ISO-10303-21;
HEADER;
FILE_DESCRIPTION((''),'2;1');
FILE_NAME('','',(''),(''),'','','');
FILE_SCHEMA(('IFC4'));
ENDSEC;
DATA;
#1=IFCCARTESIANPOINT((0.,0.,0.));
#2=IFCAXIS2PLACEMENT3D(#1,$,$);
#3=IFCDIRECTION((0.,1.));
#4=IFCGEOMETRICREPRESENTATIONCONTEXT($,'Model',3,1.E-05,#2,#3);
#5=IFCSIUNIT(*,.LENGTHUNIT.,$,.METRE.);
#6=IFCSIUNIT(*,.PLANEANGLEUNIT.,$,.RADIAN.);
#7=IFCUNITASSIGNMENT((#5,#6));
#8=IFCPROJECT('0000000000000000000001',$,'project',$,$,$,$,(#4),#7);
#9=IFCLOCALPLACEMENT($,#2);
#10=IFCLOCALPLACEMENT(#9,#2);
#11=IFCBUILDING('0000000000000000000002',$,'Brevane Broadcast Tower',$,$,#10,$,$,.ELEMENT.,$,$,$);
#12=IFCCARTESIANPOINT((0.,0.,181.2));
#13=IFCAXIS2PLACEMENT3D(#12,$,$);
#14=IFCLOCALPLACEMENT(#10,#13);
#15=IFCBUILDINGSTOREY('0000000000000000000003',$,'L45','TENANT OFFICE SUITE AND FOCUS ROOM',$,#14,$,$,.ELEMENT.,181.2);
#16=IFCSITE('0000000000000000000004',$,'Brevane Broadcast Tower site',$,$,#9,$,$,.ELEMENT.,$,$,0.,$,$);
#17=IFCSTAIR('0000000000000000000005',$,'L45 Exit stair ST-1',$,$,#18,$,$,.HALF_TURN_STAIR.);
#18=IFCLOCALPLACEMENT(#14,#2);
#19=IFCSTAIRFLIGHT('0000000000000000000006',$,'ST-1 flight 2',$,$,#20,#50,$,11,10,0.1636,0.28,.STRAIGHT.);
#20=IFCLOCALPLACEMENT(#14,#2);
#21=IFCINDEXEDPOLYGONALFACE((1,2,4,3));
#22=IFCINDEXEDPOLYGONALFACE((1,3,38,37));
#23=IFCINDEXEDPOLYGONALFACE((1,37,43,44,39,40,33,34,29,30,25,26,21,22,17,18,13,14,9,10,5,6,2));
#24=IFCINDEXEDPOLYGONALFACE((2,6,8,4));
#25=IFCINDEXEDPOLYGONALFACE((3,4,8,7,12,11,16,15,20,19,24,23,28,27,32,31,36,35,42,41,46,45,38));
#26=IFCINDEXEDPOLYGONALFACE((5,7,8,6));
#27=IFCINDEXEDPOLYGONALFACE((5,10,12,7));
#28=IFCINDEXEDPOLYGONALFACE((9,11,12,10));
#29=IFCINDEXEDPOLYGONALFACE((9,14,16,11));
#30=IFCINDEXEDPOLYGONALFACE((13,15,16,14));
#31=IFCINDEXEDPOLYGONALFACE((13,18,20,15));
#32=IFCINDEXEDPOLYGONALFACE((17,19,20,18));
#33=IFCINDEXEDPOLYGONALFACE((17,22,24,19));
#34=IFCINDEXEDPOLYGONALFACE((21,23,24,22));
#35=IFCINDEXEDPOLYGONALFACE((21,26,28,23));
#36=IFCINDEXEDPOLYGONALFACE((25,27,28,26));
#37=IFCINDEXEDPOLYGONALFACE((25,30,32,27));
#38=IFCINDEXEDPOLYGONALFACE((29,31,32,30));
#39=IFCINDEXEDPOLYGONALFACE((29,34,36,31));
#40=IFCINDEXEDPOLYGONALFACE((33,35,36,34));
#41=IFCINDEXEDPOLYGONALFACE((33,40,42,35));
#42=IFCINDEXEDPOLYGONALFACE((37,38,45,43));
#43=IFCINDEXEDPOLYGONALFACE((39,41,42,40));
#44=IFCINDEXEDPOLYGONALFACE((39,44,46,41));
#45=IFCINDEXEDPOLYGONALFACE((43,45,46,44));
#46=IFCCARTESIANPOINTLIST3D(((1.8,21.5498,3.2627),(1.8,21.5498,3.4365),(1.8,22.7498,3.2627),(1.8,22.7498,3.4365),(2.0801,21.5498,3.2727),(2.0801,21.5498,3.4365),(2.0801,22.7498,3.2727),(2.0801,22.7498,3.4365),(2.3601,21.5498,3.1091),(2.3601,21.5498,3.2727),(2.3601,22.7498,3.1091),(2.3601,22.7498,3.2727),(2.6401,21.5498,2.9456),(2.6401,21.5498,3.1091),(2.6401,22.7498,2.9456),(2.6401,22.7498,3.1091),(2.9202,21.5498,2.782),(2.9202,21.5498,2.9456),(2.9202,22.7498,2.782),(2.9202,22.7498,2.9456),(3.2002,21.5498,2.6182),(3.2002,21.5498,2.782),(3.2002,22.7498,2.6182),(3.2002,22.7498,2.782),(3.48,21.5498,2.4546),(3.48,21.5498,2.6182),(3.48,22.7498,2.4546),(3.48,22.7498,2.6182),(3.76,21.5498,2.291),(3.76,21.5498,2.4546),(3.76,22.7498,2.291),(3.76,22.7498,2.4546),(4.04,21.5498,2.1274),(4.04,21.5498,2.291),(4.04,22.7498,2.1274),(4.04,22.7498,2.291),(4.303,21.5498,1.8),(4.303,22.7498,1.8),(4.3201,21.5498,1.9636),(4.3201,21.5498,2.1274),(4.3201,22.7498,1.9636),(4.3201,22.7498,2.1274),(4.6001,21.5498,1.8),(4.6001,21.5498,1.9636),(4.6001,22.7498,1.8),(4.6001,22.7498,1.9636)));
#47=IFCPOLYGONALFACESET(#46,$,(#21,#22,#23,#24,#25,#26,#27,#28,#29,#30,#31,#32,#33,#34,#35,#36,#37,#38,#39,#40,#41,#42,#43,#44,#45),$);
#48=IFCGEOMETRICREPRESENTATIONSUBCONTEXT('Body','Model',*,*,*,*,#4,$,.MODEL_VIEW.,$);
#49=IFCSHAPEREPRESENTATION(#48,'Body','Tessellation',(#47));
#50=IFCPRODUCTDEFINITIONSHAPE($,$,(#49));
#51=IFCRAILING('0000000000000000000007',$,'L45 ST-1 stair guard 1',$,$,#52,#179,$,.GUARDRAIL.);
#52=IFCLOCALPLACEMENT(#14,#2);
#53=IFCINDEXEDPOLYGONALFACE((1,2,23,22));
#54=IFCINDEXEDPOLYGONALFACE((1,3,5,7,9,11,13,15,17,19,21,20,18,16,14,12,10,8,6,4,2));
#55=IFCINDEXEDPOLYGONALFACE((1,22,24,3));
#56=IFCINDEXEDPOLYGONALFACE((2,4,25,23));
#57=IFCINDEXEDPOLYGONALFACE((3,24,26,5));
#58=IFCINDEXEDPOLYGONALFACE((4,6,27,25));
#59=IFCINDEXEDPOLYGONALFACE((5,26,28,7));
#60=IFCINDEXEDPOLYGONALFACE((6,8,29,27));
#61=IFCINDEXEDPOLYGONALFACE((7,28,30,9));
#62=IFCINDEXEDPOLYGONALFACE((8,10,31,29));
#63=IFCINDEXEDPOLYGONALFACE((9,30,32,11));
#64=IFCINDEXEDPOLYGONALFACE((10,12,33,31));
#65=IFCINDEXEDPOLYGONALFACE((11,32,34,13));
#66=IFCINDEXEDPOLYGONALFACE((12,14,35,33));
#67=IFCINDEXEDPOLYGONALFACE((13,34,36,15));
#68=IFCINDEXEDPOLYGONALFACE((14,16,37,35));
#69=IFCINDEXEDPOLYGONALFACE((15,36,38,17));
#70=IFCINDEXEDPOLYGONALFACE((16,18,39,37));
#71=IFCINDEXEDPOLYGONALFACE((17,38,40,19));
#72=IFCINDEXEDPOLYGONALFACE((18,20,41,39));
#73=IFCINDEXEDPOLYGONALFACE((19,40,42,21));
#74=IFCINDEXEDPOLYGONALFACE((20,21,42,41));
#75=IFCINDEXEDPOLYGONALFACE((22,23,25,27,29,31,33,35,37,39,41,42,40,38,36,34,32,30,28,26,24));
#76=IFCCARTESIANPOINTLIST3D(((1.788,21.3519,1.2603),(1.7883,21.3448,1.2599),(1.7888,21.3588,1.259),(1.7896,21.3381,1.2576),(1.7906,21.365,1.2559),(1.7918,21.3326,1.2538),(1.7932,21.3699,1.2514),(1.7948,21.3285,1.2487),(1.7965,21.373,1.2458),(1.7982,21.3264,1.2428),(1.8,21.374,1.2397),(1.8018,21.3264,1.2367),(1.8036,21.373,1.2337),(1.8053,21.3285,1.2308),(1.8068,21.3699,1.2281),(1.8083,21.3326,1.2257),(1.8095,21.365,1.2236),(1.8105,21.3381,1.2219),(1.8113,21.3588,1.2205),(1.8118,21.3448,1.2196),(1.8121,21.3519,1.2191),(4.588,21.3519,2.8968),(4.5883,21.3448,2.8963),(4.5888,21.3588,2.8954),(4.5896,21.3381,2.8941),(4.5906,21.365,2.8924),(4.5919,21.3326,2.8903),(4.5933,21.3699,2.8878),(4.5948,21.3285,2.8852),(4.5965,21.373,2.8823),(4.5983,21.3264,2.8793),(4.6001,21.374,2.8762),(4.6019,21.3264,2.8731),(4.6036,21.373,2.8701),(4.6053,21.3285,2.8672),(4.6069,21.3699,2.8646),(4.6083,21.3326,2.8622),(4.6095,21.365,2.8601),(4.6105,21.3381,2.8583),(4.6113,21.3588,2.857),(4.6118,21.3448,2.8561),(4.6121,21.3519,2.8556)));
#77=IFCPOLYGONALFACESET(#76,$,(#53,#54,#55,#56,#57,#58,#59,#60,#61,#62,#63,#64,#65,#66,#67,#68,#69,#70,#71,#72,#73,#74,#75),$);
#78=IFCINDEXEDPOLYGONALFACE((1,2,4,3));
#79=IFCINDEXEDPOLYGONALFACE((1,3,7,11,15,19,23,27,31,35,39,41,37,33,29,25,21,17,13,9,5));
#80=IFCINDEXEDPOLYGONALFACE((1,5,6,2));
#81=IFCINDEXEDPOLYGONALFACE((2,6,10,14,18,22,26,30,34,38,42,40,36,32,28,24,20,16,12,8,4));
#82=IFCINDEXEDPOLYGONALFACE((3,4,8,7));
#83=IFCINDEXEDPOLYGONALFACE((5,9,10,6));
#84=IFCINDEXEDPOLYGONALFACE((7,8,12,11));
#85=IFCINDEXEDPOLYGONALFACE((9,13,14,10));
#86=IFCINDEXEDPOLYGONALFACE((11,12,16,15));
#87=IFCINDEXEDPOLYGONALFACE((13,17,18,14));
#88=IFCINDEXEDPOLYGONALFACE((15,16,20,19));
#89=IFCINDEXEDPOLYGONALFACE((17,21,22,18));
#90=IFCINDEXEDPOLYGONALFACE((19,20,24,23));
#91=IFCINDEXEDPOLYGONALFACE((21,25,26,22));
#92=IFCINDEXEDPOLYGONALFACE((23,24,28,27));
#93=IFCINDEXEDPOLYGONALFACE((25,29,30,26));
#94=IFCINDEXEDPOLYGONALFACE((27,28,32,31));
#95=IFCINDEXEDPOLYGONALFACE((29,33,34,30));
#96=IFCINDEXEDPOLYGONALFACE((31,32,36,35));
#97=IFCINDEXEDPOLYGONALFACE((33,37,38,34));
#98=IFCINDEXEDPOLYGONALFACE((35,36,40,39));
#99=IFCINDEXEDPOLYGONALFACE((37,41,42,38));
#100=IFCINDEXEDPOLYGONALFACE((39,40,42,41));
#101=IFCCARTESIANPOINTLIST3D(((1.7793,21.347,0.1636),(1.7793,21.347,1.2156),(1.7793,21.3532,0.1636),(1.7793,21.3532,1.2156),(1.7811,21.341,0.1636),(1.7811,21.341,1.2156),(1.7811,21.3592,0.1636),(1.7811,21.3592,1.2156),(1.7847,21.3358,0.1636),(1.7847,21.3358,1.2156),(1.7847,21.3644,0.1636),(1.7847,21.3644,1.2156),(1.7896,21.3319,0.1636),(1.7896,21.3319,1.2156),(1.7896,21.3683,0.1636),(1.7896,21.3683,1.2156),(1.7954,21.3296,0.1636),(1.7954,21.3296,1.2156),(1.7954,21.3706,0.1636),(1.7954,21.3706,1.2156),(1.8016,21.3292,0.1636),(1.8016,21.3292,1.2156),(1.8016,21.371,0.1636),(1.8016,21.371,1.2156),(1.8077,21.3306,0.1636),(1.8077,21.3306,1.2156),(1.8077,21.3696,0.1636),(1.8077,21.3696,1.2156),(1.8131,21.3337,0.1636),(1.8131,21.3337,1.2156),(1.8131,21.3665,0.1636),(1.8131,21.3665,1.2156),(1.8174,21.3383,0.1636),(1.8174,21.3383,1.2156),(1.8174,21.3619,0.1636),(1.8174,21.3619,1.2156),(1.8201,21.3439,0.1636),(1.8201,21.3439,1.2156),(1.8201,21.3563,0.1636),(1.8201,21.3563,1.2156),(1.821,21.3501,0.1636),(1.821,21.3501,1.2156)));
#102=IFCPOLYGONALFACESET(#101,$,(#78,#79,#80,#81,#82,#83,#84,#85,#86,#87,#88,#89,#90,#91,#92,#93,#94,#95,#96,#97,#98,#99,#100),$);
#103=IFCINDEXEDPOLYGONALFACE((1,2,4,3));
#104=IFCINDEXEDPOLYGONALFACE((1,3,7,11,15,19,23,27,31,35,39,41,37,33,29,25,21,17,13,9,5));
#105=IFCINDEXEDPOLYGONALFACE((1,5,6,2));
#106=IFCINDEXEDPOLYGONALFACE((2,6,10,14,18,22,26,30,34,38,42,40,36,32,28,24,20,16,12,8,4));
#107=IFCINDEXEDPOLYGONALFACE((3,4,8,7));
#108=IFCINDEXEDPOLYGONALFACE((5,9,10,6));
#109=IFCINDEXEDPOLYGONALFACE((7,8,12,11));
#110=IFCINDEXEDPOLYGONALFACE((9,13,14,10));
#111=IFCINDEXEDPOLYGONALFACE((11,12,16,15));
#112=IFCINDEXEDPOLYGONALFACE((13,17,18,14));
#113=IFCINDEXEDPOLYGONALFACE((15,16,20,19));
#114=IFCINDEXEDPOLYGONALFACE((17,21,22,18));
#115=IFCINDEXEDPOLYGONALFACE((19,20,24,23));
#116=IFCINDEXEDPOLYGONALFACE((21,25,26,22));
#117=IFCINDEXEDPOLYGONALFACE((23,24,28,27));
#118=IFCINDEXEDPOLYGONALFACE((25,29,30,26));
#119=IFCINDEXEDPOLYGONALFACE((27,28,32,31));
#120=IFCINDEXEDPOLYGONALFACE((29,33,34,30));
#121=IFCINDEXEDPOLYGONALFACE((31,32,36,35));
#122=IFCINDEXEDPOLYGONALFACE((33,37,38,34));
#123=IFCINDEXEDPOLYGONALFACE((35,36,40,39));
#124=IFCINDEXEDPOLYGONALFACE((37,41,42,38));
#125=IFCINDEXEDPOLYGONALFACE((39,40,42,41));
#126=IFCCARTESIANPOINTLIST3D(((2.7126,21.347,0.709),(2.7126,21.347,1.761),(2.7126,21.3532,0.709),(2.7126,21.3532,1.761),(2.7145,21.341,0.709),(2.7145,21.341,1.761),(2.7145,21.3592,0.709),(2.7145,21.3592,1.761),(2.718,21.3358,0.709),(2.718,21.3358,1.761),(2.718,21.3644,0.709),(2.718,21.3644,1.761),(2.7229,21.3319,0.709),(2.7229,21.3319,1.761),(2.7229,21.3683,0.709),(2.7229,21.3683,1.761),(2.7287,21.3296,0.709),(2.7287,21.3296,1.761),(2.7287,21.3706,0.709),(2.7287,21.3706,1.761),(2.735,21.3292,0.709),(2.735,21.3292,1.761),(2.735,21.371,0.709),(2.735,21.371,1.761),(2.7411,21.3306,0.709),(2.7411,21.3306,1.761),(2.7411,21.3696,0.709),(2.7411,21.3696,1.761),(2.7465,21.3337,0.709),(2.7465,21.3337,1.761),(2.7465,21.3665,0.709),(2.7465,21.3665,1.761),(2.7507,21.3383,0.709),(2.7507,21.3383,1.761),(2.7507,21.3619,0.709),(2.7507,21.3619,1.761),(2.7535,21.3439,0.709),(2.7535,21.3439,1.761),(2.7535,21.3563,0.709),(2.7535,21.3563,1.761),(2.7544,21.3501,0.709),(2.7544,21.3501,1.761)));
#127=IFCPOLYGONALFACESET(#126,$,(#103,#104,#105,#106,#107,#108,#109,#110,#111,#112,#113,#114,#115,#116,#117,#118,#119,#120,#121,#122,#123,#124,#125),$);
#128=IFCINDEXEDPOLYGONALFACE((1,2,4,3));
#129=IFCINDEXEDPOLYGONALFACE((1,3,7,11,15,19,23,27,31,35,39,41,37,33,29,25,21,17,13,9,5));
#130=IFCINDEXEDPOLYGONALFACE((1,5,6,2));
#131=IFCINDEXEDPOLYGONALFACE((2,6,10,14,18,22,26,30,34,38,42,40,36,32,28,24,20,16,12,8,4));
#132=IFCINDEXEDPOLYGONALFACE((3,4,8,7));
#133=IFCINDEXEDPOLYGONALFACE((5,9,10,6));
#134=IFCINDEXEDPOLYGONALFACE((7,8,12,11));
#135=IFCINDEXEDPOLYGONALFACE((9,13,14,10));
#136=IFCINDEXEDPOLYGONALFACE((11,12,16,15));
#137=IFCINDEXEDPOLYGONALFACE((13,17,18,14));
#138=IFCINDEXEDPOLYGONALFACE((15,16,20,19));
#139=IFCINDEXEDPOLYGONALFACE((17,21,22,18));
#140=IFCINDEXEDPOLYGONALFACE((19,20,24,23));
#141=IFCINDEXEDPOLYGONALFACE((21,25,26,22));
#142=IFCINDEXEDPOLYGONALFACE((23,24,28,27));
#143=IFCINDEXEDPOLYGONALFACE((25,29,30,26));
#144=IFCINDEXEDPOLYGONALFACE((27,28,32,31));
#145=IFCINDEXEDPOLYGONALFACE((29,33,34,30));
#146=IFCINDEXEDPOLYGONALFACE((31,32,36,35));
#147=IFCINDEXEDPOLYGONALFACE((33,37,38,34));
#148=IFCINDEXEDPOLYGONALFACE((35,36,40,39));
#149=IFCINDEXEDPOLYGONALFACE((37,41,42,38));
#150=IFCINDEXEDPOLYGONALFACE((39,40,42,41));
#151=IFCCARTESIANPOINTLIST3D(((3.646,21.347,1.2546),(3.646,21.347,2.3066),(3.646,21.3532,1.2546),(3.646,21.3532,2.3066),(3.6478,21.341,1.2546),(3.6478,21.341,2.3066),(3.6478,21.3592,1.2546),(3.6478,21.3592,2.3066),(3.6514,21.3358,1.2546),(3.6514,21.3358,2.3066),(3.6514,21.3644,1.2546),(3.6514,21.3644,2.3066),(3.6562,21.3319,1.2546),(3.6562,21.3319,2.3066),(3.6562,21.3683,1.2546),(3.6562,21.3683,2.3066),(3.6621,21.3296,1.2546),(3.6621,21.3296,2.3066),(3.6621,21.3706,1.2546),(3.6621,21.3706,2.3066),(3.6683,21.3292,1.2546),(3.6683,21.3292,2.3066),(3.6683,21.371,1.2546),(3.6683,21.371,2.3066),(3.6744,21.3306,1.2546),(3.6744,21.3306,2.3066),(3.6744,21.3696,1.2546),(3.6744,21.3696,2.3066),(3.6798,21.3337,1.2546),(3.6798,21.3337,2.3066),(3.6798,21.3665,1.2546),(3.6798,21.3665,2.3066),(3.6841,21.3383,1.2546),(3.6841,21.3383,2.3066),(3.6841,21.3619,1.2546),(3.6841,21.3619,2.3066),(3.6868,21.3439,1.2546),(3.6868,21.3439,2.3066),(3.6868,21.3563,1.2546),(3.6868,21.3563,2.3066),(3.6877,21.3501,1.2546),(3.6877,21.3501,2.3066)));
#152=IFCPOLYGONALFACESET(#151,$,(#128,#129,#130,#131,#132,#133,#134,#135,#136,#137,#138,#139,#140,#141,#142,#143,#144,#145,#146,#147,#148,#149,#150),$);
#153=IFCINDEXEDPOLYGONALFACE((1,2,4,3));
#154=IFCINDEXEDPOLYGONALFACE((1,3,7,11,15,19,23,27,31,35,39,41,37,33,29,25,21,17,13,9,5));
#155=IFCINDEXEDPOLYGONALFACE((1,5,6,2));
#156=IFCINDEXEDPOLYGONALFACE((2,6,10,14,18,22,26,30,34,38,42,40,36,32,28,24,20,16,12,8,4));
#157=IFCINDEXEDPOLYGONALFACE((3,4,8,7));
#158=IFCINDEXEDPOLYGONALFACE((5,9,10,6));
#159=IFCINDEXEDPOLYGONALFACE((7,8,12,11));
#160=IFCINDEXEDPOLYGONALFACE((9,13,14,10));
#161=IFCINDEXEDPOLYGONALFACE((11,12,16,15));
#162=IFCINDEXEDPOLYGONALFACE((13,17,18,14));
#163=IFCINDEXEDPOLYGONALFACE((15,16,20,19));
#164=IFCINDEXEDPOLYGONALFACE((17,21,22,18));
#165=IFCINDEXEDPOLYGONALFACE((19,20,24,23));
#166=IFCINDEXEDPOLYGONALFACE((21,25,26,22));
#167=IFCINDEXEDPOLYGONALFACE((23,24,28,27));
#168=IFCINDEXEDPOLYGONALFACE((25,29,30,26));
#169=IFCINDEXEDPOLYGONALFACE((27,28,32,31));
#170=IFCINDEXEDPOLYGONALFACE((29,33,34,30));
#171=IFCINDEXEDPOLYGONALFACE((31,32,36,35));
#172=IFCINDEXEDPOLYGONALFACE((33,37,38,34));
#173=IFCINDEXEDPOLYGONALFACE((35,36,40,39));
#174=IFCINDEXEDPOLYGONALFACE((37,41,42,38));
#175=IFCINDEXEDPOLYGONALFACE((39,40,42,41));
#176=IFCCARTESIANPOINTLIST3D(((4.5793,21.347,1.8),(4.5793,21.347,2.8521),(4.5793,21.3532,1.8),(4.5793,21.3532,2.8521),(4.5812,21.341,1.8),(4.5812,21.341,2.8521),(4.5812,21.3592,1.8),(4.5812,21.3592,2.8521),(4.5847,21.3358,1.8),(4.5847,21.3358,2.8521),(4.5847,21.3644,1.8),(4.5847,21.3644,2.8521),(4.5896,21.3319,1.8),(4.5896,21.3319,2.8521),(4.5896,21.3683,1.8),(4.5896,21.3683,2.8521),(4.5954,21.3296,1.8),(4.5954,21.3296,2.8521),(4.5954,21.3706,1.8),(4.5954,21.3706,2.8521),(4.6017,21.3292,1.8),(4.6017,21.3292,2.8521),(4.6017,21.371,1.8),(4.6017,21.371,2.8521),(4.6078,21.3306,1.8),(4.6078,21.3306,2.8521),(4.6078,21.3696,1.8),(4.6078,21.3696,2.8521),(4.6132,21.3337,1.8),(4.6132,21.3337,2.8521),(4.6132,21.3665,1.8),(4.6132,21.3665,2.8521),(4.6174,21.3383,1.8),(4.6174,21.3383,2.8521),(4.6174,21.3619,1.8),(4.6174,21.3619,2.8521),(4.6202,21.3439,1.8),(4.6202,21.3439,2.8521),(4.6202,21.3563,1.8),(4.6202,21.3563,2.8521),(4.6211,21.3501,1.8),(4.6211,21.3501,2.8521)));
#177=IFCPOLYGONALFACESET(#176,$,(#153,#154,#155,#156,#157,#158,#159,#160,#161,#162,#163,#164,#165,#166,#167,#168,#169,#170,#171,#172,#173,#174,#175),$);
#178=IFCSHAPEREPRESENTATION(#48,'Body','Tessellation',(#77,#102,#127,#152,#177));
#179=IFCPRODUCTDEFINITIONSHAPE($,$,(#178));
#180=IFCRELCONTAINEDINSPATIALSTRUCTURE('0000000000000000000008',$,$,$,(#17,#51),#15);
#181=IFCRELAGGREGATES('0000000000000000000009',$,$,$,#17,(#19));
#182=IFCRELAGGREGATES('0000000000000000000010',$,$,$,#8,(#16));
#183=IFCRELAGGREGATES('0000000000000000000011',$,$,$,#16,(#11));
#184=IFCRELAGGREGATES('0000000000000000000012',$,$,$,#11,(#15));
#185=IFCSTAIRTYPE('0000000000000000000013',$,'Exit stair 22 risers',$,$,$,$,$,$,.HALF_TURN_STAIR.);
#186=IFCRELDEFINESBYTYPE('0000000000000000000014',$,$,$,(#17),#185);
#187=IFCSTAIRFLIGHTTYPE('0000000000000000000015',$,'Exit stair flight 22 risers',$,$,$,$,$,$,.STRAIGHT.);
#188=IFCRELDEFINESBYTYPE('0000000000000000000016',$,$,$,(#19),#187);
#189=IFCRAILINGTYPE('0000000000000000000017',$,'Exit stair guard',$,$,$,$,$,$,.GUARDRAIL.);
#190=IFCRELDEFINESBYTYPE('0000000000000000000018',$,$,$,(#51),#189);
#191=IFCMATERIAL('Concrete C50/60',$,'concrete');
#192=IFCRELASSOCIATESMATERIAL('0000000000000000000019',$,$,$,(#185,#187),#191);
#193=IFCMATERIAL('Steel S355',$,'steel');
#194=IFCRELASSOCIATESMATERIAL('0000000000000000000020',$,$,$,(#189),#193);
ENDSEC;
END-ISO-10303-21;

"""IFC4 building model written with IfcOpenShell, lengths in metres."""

from ifc_helpers import new_model, si_unit, direction, frame, origin, origin_2d, place, context, subcontext, project, spatial, polyline, circle, outline, extrude, material, type_object, element, aggregate, save


model = new_model("IFC4")

# Units and contexts
model_context = context("Model", 3, precision=1e-05, world=origin(), true_north=direction((0.0, 1.0)))
body_context = subcontext(model_context, "Body", "Model", "MODEL_VIEW")
ifc_project = project(units=[si_unit("LENGTHUNIT", "METRE"), si_unit("PLANEANGLEUNIT", "RADIAN")], contexts=[model_context])

# Site, building, storey
site_placement = place(None, origin())
site = spatial("IfcSite", under=ifc_project, at=site_placement, Name="Brevane Broadcast Tower site", CompositionType="ELEMENT", RefElevation=0.0)
building_placement = place(site_placement, origin())
building = spatial("IfcBuilding", under=site, at=building_placement, Name="Brevane Broadcast Tower", CompositionType="ELEMENT")
storey_placement = place(building_placement, frame((0.0, 0.0, 181.2)))
storey = spatial("IfcBuildingStorey", under=building, at=storey_placement, Name="L45", Description="TENANT OFFICE SUITE AND FOCUS ROOM", CompositionType="ELEMENT", Elevation=181.2)

# Stair, stair flight
ifc_material_1 = material(Name="Concrete C50/60", Category="concrete")
stair_type = type_object("IfcStairType", Name="Exit stair 22 risers", PredefinedType="HALF_TURN_STAIR", material=ifc_material_1)
stair_placement = place(storey_placement, origin())
stair = element("IfcStair", 1, at=stair_placement, inside=storey, type_object=stair_type, Name="L45 Exit stair ST-1", PredefinedType="HALF_TURN_STAIR")
stair_flight_type = type_object("IfcStairFlightType", Name="Exit stair flight 22 risers", PredefinedType="STRAIGHT", material=ifc_material_1)
stair_flight_1_placement = place(storey_placement, frame((4.6001, 22.1499, 1.8), z_axis=(0.0, 0.0, 1.0), x_axis=(-1.0, 0.0, 0.0)))
stair_flight_1 = element("IfcStairFlight", 2, at=stair_flight_1_placement, type_object=stair_flight_type, Name="ST-1 flight 2", NumberOfRisers=11, NumberOfTreads=10, PredefinedType="STRAIGHT", RiserHeight=0.1636, TreadLength=0.28, context=body_context, shape_type="SweptSolid", body=[
    extrude(outline(polyline([(0.0, 0.0), (0.0, 0.1636), (0.28, 0.1636), (0.28, 0.3274), (0.5601, 0.3274), (0.5601, 0.491), (0.8401, 0.491), (0.8401, 0.6545), (1.1201, 0.6545), (1.1201, 0.8181), (1.3999, 0.8181), (1.3999, 0.9819), (1.6799, 0.9819), (1.6799, 1.1455), (1.96, 1.1455), (1.96, 1.3091), (2.24, 1.3091), (2.24, 1.4727), (2.52, 1.4727), (2.52, 1.6365), (2.8, 1.6365), (2.8, 1.8), (2.8, 1.4626), (0.2971, 0.0), (0.0, 0.0)])), frame((0.0, 0.6001, 0.0), z_axis=(0.0, -1.0, 0.0), x_axis=(1.0, 0.0, 0.0)), (0.0, 0.0, 1.0), 1.2),
])
aggregate(stair, [stair_flight_1])

# Railing
ifc_material_2 = material(Name="Steel S355", Category="steel")
railing_type_1 = type_object("IfcRailingType", Name="Exit stair guard", PredefinedType="GUARDRAIL", material=ifc_material_2)
railing_1_placement = place(storey_placement, frame((1.8, 21.3501, 0.1636)))
element("IfcRailing", 3, at=railing_1_placement, inside=storey, type_object=railing_type_1, Name="L45 ST-1 stair guard 1", PredefinedType="GUARDRAIL", context=body_context, shape_type="SweptSolid", body=[
    extrude(circle(Radius=0.0239, at=origin_2d()), frame((0.0, 0.0, 1.0762), z_axis=(0.863361, 0.0, 0.504587), x_axis=(0.0, 1.0, 0.0)), (0.0, 0.0, 1.0), 3.2432),
    extrude(circle(Radius=0.021, at=origin_2d()), origin(), (0.0, 0.0, 1.0), 1.052),
    extrude(circle(Radius=0.021, at=origin_2d()), frame((0.9333, 0.0, 0.5454)), (0.0, 0.0, 1.0), 1.052),
    extrude(circle(Radius=0.021, at=origin_2d()), frame((1.8667, 0.0, 1.0911)), (0.0, 0.0, 1.0), 1.052),
    extrude(circle(Radius=0.021, at=origin_2d()), frame((2.8, 0.0, 1.6365)), (0.0, 0.0, 1.0), 1.052),
])

save(model, "model.ifc")
